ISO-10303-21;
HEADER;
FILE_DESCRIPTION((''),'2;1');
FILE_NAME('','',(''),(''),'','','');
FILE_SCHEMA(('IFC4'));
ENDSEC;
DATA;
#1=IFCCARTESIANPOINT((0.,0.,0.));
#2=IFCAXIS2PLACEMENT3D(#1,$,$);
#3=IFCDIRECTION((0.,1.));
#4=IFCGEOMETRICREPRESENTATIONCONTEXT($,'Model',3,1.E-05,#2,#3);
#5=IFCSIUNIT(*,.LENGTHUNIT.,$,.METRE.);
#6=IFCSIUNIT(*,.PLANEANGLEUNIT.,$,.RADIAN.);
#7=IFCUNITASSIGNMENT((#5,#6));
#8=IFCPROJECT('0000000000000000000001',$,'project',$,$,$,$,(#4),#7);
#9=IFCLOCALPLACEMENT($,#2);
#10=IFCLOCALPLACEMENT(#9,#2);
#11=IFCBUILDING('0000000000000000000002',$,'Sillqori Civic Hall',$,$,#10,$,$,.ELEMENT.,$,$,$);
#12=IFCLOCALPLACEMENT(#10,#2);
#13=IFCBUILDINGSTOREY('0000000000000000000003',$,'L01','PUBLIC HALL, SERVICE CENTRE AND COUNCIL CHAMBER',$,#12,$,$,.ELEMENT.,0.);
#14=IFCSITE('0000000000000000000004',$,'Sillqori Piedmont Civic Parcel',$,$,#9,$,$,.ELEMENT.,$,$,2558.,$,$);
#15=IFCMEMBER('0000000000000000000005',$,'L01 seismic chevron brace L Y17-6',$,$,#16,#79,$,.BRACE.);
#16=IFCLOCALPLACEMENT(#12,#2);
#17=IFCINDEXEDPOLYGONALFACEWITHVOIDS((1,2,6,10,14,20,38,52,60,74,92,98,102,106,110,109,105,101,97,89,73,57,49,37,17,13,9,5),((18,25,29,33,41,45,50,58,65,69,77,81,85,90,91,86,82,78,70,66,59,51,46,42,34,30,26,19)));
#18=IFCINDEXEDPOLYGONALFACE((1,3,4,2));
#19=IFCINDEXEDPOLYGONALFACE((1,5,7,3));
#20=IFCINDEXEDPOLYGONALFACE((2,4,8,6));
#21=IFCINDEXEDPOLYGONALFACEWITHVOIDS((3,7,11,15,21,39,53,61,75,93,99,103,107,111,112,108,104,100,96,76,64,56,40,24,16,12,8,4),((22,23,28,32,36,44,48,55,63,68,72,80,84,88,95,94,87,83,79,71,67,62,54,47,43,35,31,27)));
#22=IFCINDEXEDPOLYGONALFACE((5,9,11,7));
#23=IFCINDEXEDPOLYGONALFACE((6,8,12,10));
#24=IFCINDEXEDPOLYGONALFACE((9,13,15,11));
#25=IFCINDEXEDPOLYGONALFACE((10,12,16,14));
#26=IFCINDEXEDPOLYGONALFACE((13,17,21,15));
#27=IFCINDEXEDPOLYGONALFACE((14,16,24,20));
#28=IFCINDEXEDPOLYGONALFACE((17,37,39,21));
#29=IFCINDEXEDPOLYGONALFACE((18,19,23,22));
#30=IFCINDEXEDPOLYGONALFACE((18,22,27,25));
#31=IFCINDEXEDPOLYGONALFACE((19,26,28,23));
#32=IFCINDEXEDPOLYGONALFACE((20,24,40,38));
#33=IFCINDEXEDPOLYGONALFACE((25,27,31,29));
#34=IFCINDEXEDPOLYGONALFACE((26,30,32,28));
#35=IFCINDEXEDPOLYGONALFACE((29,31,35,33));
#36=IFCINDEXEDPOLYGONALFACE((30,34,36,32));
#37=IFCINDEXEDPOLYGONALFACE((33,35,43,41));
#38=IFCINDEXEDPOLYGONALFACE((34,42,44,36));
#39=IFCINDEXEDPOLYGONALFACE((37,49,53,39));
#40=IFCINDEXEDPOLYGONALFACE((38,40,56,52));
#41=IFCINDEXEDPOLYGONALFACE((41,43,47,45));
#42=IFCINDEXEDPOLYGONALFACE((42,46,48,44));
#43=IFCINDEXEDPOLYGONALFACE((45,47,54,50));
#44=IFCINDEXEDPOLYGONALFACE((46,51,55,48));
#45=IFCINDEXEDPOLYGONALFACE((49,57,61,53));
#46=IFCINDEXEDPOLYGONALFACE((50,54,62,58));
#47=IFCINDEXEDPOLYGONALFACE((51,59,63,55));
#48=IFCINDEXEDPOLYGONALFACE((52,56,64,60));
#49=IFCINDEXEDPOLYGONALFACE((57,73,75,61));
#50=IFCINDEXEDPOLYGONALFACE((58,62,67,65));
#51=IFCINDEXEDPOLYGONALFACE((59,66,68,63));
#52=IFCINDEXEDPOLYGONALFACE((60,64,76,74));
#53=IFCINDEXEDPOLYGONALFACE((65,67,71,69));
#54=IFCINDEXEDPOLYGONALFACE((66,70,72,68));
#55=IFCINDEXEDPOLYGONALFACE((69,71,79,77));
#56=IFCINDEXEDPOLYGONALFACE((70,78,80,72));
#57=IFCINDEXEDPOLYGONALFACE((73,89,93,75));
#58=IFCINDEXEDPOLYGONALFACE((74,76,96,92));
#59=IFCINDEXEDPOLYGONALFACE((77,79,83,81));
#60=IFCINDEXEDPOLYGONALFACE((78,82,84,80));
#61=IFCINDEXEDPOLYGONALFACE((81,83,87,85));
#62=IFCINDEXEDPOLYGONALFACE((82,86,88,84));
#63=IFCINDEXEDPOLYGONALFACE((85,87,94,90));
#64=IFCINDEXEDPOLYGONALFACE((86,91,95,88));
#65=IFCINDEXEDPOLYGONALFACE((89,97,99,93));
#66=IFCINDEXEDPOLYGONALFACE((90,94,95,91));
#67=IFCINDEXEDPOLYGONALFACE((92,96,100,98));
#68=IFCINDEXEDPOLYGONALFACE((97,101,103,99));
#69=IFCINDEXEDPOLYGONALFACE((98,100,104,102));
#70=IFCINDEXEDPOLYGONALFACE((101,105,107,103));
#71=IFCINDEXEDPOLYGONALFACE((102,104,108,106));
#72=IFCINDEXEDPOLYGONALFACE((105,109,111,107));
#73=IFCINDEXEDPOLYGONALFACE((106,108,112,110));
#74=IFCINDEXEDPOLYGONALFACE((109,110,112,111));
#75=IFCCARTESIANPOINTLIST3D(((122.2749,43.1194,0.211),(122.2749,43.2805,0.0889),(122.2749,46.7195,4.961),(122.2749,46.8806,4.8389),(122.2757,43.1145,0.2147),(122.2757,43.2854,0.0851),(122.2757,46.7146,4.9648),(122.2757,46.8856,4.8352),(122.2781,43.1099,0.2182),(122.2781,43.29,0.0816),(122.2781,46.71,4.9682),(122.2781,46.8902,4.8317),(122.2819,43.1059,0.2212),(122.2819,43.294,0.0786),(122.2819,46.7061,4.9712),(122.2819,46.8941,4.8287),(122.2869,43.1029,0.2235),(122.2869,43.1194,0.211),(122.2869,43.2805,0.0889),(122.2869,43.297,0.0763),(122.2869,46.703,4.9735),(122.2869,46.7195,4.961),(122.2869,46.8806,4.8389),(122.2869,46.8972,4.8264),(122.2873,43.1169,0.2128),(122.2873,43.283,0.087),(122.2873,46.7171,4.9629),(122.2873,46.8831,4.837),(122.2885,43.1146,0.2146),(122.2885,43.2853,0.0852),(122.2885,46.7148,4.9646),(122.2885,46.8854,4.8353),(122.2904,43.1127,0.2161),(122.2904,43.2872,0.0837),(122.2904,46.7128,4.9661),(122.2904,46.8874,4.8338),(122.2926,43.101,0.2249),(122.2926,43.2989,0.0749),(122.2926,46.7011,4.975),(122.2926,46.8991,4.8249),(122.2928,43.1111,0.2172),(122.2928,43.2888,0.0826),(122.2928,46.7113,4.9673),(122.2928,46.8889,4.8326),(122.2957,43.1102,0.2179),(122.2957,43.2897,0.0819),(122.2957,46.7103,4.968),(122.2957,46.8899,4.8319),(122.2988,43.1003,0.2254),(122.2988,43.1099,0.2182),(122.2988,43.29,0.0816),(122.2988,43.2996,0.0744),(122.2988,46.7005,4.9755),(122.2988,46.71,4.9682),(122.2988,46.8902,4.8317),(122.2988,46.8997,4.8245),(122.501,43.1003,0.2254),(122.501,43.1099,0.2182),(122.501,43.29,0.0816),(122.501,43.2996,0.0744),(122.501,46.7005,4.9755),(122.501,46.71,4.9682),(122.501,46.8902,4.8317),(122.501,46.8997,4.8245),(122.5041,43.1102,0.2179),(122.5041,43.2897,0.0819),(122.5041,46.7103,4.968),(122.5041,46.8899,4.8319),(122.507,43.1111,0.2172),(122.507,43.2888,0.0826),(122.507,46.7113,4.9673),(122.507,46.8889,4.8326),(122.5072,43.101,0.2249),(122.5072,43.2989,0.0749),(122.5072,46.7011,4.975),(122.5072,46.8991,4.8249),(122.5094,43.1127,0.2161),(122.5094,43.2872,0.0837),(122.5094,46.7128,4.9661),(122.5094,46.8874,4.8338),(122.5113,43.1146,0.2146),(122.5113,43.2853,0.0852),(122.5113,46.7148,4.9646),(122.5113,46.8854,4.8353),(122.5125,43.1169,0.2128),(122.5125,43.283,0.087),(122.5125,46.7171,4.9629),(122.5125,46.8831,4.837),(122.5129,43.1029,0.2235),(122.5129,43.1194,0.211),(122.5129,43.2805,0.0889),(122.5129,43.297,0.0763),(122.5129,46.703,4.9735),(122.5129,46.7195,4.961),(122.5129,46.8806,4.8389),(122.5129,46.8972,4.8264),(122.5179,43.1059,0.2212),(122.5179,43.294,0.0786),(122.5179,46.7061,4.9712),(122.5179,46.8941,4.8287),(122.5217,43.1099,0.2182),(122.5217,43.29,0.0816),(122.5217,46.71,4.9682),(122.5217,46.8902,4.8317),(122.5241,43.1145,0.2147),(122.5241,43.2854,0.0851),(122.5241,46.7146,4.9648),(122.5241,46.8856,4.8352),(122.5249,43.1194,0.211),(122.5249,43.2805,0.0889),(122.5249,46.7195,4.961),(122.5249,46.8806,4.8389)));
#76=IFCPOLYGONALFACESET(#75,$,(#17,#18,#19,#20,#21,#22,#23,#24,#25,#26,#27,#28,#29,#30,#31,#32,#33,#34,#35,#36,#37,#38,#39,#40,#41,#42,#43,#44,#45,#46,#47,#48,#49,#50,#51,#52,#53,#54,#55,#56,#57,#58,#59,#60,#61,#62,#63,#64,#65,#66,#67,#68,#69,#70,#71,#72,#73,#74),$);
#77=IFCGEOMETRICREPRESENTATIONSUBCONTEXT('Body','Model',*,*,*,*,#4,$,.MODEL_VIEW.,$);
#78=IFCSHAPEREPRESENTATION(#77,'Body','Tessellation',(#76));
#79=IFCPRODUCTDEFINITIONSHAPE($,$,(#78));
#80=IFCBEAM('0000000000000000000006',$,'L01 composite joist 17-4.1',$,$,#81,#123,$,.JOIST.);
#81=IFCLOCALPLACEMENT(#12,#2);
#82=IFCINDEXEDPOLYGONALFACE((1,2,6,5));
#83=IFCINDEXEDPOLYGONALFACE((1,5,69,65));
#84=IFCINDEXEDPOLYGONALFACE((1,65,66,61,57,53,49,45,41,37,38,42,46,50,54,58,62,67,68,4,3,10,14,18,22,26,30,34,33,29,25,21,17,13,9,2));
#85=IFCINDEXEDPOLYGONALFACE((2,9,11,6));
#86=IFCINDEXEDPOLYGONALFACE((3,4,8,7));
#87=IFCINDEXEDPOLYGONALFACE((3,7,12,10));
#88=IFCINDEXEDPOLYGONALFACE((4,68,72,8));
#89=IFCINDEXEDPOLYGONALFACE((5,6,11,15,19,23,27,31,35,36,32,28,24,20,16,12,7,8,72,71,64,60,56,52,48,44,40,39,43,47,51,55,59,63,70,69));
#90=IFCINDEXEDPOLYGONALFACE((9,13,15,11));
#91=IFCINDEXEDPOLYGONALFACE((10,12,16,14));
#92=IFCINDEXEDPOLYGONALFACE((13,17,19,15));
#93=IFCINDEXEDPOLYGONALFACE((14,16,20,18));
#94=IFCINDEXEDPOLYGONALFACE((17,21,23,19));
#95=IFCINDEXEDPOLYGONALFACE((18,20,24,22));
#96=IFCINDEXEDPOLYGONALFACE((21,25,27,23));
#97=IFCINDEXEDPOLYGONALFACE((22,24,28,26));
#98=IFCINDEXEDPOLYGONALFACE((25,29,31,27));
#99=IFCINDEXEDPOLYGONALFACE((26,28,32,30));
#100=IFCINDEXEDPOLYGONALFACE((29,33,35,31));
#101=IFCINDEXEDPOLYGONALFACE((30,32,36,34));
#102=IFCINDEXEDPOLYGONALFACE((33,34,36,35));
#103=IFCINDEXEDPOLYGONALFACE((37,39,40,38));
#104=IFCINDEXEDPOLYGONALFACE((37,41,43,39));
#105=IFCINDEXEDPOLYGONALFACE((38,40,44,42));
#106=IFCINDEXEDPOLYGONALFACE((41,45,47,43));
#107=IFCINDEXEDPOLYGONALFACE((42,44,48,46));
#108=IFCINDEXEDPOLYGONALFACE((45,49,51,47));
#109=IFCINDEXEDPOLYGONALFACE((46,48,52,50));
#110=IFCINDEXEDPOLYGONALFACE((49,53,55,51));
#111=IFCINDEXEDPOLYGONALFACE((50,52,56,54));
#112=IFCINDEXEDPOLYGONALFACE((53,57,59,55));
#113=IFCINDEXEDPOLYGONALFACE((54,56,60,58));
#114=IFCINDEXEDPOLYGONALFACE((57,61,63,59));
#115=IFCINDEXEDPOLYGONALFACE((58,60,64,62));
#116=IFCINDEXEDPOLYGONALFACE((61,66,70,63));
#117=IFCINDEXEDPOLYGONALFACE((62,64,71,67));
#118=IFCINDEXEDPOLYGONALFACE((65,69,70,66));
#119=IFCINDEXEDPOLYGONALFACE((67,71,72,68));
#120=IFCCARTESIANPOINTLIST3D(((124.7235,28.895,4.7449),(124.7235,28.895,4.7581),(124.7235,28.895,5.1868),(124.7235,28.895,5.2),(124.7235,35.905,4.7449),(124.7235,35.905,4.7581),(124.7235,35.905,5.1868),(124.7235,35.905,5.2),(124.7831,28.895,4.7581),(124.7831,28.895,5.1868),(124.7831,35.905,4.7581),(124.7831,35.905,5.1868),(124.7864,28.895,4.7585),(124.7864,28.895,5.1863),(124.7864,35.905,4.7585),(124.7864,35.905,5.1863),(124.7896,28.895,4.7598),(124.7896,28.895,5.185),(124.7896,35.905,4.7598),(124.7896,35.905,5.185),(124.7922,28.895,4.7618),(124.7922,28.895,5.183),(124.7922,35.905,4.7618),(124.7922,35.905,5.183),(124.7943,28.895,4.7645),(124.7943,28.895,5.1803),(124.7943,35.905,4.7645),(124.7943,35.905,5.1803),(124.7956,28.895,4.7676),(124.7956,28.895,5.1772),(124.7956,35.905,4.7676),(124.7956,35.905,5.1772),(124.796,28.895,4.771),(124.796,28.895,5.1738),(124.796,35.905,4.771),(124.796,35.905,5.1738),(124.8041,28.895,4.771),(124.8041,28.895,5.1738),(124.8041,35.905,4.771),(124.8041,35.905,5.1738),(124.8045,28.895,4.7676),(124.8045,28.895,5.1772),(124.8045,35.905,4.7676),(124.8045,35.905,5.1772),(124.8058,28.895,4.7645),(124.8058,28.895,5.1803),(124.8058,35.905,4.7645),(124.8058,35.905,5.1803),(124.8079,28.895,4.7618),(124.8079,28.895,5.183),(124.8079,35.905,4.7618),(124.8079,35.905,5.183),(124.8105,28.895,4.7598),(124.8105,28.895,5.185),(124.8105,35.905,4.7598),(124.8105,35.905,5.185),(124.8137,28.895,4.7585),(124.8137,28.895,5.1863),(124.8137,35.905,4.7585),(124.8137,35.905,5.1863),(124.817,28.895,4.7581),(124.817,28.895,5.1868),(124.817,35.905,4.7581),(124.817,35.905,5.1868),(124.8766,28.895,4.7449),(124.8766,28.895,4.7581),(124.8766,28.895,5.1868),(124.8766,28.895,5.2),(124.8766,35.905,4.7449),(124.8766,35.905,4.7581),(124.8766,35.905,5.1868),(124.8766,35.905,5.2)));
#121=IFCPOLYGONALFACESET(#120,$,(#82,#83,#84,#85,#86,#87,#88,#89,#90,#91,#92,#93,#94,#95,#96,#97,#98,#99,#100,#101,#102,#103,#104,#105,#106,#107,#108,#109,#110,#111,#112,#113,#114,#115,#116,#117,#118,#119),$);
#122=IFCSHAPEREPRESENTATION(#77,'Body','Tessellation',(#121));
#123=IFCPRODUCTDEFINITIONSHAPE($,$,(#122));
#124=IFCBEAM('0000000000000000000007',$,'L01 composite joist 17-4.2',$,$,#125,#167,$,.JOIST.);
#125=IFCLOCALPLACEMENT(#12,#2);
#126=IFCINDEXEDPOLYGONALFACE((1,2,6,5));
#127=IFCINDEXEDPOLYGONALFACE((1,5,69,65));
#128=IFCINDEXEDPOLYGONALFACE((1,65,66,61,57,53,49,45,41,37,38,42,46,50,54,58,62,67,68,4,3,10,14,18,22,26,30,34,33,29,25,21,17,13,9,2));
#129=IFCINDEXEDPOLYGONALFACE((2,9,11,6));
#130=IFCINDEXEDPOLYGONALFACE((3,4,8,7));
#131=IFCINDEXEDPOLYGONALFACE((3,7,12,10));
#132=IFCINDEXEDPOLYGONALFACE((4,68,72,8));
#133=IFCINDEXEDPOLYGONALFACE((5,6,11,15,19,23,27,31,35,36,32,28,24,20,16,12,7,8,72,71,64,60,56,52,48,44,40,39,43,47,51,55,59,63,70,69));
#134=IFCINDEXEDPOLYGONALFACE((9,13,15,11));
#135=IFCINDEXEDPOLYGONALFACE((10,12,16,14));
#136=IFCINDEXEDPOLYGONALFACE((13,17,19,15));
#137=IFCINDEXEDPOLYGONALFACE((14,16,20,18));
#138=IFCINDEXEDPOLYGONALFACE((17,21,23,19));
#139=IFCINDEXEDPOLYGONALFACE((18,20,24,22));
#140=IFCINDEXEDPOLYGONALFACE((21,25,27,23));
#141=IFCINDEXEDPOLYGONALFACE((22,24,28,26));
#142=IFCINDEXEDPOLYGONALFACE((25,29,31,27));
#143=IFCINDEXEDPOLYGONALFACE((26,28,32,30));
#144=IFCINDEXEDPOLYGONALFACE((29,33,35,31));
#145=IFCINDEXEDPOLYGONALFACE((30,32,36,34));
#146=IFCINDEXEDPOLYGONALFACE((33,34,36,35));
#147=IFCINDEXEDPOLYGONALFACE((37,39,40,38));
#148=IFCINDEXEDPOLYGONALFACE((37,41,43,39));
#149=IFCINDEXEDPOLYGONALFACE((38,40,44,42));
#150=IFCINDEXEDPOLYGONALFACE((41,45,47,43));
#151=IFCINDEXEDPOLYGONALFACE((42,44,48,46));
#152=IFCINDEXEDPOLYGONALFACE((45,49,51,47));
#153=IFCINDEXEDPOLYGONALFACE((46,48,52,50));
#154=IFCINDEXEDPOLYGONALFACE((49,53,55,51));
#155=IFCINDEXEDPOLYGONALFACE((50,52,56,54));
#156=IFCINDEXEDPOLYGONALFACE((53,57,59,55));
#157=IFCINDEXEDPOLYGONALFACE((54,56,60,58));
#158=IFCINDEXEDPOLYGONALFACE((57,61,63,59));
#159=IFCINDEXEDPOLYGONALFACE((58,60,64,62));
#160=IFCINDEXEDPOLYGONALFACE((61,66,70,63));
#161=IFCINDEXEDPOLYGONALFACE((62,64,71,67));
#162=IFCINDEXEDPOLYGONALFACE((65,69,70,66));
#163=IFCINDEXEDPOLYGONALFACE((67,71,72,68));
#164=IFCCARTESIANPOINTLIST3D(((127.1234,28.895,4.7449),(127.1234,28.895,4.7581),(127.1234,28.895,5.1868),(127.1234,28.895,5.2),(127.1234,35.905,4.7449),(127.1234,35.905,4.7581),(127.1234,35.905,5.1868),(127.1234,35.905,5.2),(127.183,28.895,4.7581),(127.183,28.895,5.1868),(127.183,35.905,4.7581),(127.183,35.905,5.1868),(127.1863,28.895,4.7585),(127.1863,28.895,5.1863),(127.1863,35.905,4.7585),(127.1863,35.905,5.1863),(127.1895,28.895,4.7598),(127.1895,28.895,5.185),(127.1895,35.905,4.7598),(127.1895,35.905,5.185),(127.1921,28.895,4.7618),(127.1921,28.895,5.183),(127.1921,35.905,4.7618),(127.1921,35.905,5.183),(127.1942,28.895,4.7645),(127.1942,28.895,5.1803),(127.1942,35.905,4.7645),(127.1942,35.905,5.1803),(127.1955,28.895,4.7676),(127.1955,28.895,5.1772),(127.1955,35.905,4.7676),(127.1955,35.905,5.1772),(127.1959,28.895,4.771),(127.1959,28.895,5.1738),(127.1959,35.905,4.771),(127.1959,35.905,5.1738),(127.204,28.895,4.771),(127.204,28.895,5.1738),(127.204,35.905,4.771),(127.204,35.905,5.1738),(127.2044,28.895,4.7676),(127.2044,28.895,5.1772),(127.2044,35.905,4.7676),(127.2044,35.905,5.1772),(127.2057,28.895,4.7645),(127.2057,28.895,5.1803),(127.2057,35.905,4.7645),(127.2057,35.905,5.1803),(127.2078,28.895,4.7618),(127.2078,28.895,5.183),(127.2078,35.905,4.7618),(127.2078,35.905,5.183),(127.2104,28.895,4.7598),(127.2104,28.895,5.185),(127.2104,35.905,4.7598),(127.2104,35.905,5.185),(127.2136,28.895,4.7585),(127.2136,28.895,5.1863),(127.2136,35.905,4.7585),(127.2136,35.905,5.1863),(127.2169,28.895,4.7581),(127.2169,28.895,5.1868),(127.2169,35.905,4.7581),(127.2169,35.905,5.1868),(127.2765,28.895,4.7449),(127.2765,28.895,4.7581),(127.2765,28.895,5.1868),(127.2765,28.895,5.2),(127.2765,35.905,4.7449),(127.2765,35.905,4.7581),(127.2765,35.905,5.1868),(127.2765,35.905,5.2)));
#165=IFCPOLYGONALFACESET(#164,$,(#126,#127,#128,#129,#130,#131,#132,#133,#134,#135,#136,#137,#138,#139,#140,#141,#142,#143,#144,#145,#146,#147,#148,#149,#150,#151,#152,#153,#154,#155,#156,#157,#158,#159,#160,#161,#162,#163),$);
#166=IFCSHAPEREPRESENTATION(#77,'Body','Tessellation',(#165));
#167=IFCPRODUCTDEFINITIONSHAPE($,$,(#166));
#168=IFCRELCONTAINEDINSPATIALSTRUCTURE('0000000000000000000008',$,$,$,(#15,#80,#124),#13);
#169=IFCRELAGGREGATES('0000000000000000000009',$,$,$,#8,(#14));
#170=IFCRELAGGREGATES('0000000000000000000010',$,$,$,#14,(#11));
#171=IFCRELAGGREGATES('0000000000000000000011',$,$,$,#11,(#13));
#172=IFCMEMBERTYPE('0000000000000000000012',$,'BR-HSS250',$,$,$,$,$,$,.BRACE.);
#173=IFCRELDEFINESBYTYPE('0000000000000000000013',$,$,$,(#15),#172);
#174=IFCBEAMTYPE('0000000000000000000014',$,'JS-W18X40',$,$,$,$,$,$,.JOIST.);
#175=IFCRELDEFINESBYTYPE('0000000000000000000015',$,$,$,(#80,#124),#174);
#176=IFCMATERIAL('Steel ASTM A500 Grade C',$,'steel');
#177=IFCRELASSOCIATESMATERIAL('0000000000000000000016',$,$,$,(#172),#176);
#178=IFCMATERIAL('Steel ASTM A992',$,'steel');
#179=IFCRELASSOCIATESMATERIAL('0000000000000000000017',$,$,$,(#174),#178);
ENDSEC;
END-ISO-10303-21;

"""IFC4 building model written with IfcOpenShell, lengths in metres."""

from ifc_helpers import new_model, si_unit, direction, frame, origin, origin_2d, place, context, subcontext, project, spatial, hollow_rectangle, i_section, extrude, material, material_profile, profile_set, type_object, element, save


model = new_model("IFC4")

# Units and contexts
model_context = context("Model", 3, precision=1e-05, world=origin(), true_north=direction((0.0, 1.0)))
body_context = subcontext(model_context, "Body", "Model", "MODEL_VIEW")
ifc_project = project(units=[si_unit("LENGTHUNIT", "METRE"), si_unit("PLANEANGLEUNIT", "RADIAN")], contexts=[model_context])

# Site, building, storey
site_placement = place(None, origin())
site = spatial("IfcSite", under=ifc_project, at=site_placement, Name="Sillqori Piedmont Civic Parcel", CompositionType="ELEMENT", RefElevation=2558.0)
building_placement = place(site_placement, origin())
building = spatial("IfcBuilding", under=site, at=building_placement, Name="Sillqori Civic Hall", CompositionType="ELEMENT")
storey_placement = place(building_placement, origin())
storey = spatial("IfcBuildingStorey", under=building, at=storey_placement, Name="L01", Description="PUBLIC HALL, SERVICE CENTRE AND COUNCIL CHAMBER", CompositionType="ELEMENT", Elevation=0.0)

# Shared definitions
ifc_material_1 = material(Name="Steel ASTM A992", Category="steel")

# Member
ifc_material_2 = material(Name="Steel ASTM A500 Grade C", Category="steel")
ifc_material_profile_1 = material_profile(ifc_material_2, hollow_rectangle(XDim=0.25, YDim=0.25, WallThickness=0.012, InnerFilletRadius=0.012, OuterFilletRadius=0.0239, at=origin_2d()), Name="HSS250X250X12")
ifc_profile_set_1 = profile_set([ifc_material_profile_1], Name="Steel ASTM A500 Grade C")
member_type = type_object("IfcMemberType", Name="BR-HSS250", PredefinedType="BRACE", material=ifc_profile_set_1)
member_placement = place(storey_placement, frame((122.3999, 43.2, 0.1499), z_axis=(0.0, 0.60403, 0.796962), x_axis=(-1.0, 0.0, 0.0)))
element("IfcMember", 1, at=member_placement, inside=storey, type_object=member_type, Name="L01 seismic chevron brace L Y17-6", PredefinedType="BRACE", context=body_context, shape_type="SweptSolid", body=[
    extrude(hollow_rectangle(XDim=0.25, YDim=0.25, WallThickness=0.012, InnerFilletRadius=0.012, OuterFilletRadius=0.0239, at=origin_2d()), origin(), (0.0, 0.0, 1.0), 5.9602),
])

# Beams
ifc_material_profile_2 = material_profile(ifc_material_1, i_section(OverallWidth=0.1531, OverallDepth=0.4551, WebThickness=0.0081, FlangeThickness=0.0132, FilletRadius=0.0129, at=origin_2d()), Name="W18X40")
ifc_profile_set_2 = profile_set([ifc_material_profile_2], Name="Steel ASTM A992")
beam_type_1 = type_object("IfcBeamType", Name="JS-W18X40", PredefinedType="JOIST", material=ifc_profile_set_2)
for number, where, z_axis, x_axis, name in (
    (2, (124.8, 28.895, 4.9724), (0.0, 1.0, 0.0), (-1.0, 0.0, 0.0), "L01 composite joist 17-4.1"),
    (3, (127.2, 28.895, 4.9724), (0.0, 1.0, 0.0), (-1.0, 0.0, 0.0), "L01 composite joist 17-4.2"),
):
    element("IfcBeam", number, at=place(storey_placement, frame(where, z_axis=z_axis, x_axis=x_axis)), inside=storey, type_object=beam_type_1, Name=name, PredefinedType="JOIST", context=body_context, shape_type="SweptSolid", body=[
        extrude(i_section(OverallWidth=0.1531, OverallDepth=0.4551, WebThickness=0.0081, FlangeThickness=0.0132, FilletRadius=0.0129, at=origin_2d()), origin(), (0.0, 0.0, 1.0), 7.01),
    ])

save(model, "model.ifc")
